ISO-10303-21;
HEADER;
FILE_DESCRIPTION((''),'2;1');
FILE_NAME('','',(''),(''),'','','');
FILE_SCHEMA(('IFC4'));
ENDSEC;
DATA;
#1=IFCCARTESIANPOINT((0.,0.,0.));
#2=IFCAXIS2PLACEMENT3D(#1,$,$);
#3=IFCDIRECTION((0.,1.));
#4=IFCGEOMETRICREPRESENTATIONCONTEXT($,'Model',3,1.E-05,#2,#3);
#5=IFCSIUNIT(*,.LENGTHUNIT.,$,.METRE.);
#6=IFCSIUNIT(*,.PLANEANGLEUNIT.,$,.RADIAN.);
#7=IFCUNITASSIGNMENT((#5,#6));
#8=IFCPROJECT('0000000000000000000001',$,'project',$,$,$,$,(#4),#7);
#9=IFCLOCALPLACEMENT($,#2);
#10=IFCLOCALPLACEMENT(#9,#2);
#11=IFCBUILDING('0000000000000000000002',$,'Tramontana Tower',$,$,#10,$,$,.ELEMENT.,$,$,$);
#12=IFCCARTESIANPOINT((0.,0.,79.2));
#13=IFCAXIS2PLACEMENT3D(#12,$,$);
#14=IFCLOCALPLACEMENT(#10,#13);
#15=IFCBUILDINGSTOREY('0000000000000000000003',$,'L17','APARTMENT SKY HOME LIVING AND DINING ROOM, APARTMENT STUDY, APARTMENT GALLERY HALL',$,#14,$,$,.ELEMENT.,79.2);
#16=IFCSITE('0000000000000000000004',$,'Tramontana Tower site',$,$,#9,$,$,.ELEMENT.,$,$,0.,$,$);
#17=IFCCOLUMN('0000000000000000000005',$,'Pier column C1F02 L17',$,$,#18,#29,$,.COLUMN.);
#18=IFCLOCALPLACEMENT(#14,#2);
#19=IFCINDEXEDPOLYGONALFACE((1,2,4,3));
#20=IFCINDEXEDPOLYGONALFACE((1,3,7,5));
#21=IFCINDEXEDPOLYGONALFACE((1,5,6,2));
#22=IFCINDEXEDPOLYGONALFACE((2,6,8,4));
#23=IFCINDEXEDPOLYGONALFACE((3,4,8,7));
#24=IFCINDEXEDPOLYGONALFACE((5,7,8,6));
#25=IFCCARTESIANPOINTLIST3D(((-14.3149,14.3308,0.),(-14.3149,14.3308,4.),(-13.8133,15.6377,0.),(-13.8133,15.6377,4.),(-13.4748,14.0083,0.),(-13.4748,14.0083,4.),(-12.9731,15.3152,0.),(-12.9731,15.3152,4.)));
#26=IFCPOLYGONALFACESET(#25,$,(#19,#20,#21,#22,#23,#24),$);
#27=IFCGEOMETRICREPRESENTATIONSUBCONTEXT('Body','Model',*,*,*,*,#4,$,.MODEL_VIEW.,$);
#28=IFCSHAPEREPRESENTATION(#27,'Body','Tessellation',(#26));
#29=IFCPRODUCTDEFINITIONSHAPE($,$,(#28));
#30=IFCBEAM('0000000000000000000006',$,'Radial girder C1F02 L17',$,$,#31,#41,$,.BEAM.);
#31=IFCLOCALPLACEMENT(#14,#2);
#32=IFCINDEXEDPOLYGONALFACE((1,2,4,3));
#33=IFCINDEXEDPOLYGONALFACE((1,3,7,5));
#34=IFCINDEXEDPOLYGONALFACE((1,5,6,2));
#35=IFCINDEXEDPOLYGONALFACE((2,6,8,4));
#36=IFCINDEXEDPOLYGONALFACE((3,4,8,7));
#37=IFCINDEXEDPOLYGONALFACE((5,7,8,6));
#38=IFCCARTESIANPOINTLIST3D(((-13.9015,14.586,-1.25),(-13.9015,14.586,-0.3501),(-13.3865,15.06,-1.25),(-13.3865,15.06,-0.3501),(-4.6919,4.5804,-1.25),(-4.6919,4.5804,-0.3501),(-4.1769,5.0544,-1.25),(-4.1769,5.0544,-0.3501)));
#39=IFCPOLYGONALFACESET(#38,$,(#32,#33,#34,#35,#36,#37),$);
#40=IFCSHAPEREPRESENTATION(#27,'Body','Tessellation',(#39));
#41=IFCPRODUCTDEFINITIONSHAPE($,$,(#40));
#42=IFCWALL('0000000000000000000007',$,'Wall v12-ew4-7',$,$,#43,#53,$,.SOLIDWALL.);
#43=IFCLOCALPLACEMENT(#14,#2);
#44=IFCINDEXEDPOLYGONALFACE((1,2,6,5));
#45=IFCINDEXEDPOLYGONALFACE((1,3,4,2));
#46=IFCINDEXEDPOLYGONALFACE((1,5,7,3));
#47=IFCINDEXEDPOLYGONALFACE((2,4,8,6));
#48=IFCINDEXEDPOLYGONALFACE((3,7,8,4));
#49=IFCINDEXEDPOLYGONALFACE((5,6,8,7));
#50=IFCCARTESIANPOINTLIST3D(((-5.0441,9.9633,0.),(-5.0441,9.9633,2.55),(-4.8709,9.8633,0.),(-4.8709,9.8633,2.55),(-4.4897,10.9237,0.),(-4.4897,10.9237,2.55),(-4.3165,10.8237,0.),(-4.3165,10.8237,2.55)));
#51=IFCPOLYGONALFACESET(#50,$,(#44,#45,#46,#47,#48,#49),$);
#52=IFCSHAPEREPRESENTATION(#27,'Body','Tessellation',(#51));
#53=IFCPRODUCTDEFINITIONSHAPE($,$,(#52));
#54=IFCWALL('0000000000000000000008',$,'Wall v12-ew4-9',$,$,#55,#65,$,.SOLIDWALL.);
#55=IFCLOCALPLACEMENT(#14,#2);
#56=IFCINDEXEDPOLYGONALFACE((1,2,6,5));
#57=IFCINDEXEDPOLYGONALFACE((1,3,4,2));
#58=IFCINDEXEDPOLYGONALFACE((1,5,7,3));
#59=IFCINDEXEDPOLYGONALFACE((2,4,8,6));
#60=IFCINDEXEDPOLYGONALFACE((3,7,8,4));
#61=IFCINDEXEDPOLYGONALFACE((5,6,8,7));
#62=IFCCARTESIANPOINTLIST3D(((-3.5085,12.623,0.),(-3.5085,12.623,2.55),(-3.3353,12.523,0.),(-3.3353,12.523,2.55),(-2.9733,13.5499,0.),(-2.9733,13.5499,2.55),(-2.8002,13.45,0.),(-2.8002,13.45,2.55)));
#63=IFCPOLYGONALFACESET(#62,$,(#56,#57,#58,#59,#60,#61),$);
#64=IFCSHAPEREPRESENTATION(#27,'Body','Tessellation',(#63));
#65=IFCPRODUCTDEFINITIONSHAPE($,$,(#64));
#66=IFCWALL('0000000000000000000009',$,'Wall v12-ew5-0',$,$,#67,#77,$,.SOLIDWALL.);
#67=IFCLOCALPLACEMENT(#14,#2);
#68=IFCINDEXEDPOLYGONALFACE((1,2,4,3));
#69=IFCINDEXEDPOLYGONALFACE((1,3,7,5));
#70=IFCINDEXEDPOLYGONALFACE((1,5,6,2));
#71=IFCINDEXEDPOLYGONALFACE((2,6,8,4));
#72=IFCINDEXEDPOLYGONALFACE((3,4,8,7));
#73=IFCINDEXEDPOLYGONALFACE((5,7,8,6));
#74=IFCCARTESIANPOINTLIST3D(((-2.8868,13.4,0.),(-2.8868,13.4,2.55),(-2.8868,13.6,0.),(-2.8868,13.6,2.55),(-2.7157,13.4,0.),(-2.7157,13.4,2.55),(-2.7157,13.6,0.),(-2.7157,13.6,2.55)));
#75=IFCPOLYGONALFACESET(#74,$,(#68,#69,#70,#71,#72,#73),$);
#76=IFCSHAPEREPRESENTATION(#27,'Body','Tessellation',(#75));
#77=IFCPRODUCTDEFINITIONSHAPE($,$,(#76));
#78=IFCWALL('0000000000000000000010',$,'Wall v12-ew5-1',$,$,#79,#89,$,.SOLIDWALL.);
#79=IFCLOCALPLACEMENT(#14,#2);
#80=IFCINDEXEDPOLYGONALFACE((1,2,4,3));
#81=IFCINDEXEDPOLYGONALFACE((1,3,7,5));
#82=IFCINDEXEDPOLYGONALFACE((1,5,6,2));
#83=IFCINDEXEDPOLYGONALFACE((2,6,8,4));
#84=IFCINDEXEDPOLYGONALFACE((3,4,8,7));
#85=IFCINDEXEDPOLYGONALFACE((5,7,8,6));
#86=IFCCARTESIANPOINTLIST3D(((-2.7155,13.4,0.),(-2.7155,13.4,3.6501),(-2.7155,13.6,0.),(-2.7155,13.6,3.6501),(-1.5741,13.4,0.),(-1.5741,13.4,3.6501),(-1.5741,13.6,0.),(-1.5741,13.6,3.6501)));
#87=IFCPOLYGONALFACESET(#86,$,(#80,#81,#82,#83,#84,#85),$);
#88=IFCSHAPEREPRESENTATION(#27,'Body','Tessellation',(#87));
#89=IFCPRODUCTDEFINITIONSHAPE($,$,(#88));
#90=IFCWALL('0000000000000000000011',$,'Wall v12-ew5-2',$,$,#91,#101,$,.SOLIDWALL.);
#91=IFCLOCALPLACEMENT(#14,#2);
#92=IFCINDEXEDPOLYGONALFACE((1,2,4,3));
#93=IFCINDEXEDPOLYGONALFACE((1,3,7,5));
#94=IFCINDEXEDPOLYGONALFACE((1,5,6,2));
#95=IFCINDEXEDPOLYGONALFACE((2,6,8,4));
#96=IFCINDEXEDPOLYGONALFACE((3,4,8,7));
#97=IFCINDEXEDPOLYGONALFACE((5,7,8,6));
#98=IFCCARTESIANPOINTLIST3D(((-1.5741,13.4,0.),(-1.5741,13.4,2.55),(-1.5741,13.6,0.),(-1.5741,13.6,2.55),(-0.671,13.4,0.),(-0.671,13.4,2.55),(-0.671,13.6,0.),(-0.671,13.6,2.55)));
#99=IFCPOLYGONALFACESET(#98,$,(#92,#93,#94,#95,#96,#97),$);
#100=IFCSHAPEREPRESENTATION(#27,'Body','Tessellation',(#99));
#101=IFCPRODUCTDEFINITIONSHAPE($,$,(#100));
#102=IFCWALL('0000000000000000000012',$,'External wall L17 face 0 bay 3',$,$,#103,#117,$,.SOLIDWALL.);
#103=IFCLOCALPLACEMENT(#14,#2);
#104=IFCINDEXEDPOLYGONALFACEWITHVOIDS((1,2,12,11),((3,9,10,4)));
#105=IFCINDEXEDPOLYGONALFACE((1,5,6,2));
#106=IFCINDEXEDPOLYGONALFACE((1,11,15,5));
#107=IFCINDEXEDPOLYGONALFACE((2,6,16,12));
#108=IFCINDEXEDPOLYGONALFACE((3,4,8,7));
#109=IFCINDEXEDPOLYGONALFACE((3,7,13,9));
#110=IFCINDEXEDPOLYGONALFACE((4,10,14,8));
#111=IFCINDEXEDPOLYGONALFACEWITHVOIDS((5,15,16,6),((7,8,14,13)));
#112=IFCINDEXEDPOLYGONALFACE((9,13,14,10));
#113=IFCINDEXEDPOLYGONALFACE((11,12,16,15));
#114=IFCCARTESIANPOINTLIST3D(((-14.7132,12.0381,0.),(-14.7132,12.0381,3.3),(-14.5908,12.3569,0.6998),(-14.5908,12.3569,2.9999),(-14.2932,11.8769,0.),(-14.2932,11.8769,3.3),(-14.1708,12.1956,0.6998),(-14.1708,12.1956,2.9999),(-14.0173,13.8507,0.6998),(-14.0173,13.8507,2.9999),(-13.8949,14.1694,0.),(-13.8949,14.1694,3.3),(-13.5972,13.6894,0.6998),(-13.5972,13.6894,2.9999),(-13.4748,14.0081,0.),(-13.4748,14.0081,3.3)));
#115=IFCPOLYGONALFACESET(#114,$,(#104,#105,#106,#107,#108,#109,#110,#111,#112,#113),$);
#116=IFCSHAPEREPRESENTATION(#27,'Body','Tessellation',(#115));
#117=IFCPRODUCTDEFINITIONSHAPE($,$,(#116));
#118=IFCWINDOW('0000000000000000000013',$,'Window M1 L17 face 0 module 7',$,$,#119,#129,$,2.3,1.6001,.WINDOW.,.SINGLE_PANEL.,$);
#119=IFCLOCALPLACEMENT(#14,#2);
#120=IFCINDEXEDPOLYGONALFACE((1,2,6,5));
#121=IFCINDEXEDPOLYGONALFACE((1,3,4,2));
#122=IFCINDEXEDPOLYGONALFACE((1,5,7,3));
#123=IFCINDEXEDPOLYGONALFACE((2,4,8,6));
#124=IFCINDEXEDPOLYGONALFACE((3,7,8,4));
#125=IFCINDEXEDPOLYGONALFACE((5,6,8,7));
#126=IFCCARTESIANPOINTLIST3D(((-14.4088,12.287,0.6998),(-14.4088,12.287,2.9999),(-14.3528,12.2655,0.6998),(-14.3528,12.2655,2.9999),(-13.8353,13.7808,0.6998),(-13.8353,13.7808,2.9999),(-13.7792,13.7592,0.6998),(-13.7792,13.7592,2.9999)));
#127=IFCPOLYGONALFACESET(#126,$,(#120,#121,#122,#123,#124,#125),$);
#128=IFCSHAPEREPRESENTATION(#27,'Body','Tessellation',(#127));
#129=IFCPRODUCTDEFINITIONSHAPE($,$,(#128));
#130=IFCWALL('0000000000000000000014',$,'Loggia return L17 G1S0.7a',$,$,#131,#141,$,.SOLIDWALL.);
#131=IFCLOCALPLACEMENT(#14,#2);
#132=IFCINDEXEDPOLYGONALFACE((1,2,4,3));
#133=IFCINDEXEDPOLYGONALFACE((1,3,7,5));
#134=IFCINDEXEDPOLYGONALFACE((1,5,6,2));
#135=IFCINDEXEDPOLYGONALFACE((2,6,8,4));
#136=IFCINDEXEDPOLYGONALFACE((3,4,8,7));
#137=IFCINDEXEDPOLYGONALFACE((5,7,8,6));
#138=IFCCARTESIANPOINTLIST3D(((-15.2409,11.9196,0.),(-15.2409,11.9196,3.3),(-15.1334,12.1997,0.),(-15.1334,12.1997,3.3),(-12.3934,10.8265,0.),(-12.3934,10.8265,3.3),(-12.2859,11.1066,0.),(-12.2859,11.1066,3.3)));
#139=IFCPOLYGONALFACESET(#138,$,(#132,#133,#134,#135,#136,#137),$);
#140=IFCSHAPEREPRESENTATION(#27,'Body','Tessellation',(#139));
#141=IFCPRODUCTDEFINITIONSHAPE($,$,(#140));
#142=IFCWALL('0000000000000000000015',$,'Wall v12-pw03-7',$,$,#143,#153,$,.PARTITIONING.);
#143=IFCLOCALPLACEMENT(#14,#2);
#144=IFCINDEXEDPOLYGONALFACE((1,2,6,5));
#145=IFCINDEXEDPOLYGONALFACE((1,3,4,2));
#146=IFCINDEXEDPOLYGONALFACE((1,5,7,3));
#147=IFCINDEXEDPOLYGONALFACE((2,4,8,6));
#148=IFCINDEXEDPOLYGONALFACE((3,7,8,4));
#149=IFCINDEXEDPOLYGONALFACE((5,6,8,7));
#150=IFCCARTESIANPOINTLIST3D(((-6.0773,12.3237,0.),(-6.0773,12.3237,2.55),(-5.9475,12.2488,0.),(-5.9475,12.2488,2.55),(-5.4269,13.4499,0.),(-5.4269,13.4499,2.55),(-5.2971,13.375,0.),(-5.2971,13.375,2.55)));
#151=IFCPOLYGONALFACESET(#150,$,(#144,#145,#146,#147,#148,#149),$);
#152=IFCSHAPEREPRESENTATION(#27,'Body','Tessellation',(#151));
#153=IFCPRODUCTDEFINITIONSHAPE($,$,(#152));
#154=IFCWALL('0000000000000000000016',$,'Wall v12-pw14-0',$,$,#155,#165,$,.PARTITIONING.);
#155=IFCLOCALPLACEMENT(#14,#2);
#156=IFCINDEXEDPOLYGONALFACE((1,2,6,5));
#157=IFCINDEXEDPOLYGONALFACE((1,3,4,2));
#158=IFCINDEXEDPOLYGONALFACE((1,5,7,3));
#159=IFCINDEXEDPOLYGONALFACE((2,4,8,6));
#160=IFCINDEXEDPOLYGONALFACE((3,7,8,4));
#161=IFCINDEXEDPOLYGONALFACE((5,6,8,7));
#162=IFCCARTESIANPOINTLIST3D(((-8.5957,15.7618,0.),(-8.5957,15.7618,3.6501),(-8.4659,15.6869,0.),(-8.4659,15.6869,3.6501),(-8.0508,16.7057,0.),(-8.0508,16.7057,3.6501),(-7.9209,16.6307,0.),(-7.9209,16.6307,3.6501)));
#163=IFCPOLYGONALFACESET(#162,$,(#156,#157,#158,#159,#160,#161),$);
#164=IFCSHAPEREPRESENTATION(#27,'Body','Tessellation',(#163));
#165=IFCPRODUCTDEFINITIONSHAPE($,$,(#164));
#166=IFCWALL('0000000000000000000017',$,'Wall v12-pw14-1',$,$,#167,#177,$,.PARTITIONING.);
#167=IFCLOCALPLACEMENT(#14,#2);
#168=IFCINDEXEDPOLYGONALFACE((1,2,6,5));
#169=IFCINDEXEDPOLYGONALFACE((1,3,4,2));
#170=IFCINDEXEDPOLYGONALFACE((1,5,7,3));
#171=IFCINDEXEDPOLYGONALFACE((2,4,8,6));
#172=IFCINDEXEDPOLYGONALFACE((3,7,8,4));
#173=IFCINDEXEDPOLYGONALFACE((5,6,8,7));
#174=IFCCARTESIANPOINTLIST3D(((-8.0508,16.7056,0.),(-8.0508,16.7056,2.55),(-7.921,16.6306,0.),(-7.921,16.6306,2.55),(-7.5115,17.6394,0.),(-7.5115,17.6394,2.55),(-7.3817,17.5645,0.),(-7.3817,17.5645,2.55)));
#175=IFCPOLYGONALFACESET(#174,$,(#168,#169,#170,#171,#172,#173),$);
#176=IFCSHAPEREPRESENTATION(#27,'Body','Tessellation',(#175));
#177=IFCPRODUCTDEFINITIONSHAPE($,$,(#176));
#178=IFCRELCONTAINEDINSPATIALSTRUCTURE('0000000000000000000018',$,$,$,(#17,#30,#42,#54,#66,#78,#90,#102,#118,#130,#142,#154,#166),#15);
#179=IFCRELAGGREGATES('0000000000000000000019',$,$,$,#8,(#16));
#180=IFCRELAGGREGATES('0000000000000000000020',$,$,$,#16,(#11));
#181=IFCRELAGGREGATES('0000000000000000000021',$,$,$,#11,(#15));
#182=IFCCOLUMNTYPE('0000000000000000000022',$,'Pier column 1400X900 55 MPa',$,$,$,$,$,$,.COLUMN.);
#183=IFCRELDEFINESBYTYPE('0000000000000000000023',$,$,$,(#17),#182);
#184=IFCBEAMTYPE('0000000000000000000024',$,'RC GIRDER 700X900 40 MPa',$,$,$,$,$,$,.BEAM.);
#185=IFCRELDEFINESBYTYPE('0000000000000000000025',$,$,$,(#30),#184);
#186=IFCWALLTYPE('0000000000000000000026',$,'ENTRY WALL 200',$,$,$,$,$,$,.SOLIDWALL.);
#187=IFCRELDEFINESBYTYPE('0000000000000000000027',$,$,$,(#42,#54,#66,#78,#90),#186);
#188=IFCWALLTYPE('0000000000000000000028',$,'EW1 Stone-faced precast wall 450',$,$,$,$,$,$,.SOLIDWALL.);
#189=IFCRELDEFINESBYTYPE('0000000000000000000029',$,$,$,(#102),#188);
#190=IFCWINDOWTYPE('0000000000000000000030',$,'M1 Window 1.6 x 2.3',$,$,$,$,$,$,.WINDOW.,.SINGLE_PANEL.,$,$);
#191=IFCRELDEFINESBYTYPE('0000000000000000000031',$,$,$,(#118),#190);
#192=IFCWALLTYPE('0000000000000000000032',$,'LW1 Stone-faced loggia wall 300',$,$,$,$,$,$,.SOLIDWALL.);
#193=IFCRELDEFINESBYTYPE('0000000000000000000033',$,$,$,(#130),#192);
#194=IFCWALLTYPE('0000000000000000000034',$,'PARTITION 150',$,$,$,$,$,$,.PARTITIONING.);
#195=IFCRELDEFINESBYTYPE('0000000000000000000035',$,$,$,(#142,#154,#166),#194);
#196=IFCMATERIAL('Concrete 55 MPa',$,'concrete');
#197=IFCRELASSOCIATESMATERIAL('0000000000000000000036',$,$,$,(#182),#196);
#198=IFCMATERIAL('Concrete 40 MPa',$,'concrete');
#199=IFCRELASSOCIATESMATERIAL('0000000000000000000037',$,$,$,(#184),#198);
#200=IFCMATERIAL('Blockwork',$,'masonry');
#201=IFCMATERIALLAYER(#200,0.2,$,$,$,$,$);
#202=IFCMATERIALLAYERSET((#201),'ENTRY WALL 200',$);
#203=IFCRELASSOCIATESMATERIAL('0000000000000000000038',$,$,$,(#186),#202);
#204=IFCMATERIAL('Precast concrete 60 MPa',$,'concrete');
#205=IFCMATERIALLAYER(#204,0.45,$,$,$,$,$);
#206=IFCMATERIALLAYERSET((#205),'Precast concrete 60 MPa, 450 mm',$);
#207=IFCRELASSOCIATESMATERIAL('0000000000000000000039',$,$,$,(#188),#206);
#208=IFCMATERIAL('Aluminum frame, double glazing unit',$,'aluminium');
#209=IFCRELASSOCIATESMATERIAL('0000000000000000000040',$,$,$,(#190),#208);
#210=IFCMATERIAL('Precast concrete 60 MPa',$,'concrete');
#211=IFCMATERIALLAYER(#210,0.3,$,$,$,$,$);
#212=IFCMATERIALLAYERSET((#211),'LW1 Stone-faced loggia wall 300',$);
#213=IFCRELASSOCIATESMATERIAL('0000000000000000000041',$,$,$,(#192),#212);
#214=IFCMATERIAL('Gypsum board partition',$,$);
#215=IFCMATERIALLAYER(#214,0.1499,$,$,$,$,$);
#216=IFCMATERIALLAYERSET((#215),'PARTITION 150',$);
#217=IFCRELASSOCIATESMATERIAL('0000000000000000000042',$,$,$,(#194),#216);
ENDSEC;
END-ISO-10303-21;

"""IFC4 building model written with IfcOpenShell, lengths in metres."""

from ifc_helpers import new_model, si_unit, direction, frame, frame_2d, origin, origin_2d, place, context, subcontext, project, spatial, rectangle, extrude, material, layer, layer_set, material_profile, profile_set, type_object, element, fill, save


model = new_model("IFC4")

# Units and contexts
model_context = context("Model", 3, precision=1e-05, world=origin(), true_north=direction((0.0, 1.0)))
body_context = subcontext(model_context, "Body", "Model", "MODEL_VIEW")
ifc_project = project(units=[si_unit("LENGTHUNIT", "METRE"), si_unit("PLANEANGLEUNIT", "RADIAN")], contexts=[model_context])

# Site, building, storey
site_placement = place(None, origin())
site = spatial("IfcSite", under=ifc_project, at=site_placement, Name="Tramontana Tower site", CompositionType="ELEMENT", RefElevation=0.0)
building_placement = place(site_placement, origin())
building = spatial("IfcBuilding", under=site, at=building_placement, Name="Tramontana Tower", CompositionType="ELEMENT")
storey_placement = place(building_placement, frame((0.0, 0.0, 79.2)))
storey = spatial("IfcBuildingStorey", under=building, at=storey_placement, Name="L17", Description="APARTMENT SKY HOME LIVING AND DINING ROOM, APARTMENT STUDY, APARTMENT GALLERY HALL", CompositionType="ELEMENT", Elevation=79.2)

# Column
ifc_material_1 = material(Name="Concrete 55 MPa", Category="concrete")
ifc_material_profile_1 = material_profile(ifc_material_1, rectangle(XDim=1.3999, YDim=0.8999, at=origin_2d()), Name="Pier column 1400X900 55 MPa")
ifc_profile_set_1 = profile_set([ifc_material_profile_1], Name="Concrete 55 MPa")
column_type = type_object("IfcColumnType", Name="Pier column 1400X900 55 MPa", PredefinedType="COLUMN", material=ifc_profile_set_1)
column_placement = place(storey_placement, frame((-13.644, 14.823, 0.0), z_axis=(0.0, 0.0, 1.0), x_axis=(-0.358368, -0.93358, 0.0)))
element("IfcColumn", 1, at=column_placement, inside=storey, type_object=column_type, Name="Pier column C1F02 L17", PredefinedType="COLUMN", context=body_context, shape_type="SweptSolid", body=[
    extrude(rectangle(XDim=1.3999, YDim=0.8999, at=origin_2d()), origin(), (0.0, 0.0, 1.0), 4.0),
])

# Beam
ifc_material_2 = material(Name="Concrete 40 MPa", Category="concrete")
ifc_material_profile_2 = material_profile(ifc_material_2, rectangle(XDim=0.7, YDim=0.8999, at=origin_2d()), Name="RC GIRDER 700X900 40 MPa")
ifc_profile_set_2 = profile_set([ifc_material_profile_2], Name="Concrete 40 MPa")
beam_type = type_object("IfcBeamType", Name="RC GIRDER 700X900 40 MPa", PredefinedType="BEAM", material=ifc_profile_set_2)
beam_placement = place(storey_placement, frame((-13.644, 14.823, -0.8), z_axis=(0.677238, -0.735764, 0.0), x_axis=(0.735764, 0.677238, 0.0)))
element("IfcBeam", 2, at=beam_placement, inside=storey, type_object=beam_type, Name="Radial girder C1F02 L17", PredefinedType="BEAM", context=body_context, shape_type="SweptSolid", body=[
    extrude(rectangle(XDim=0.7, YDim=0.8999, at=origin_2d()), origin(), (0.0, 0.0, 1.0), 13.5989),
])

# Wall
ifc_material_3 = material(Name="Blockwork", Category="masonry")
ifc_layer_1 = layer(ifc_material_3, 0.2)
ifc_layer_set_1 = layer_set([ifc_layer_1], Name="ENTRY WALL 200")
wall_type_1 = type_object("IfcWallType", Name="ENTRY WALL 200", PredefinedType="SOLIDWALL", material=ifc_layer_set_1)
wall_1_placement = place(storey_placement, frame((-4.9575, 9.9133, 0.0), z_axis=(0.0, 0.0, 1.0), x_axis=(0.499951, 0.866054, 0.0)))
element("IfcWall", 3, at=wall_1_placement, inside=storey, type_object=wall_type_1, Name="Wall v12-ew4-7", PredefinedType="SOLIDWALL", context=body_context, shape_type="SweptSolid", body=[
    extrude(rectangle(XDim=1.1089, YDim=0.2, at=frame_2d((0.5544, 0.0))), origin(), (0.0, 0.0, 1.0), 2.55),
])

# Walls
wall_2_placement = place(storey_placement, frame((-3.4219, 12.573, 0.0), z_axis=(0.0, 0.0, 1.0), x_axis=(0.499966, 0.866045, 0.0)))
element("IfcWall", 4, at=wall_2_placement, inside=storey, type_object=wall_type_1, Name="Wall v12-ew4-9", PredefinedType="SOLIDWALL", context=body_context, shape_type="SweptSolid", body=[
    extrude(rectangle(XDim=1.0703, YDim=0.2, at=frame_2d((0.5352, 0.0))), origin(), (0.0, 0.0, 1.0), 2.55),
])
wall_3_placement = place(storey_placement, frame((-2.8867, 13.5, 0.0), z_axis=(0.0, 0.0, 1.0), x_axis=(1.0, 0.0, 0.0)))
element("IfcWall", 5, at=wall_3_placement, inside=storey, type_object=wall_type_1, Name="Wall v12-ew5-0", PredefinedType="SOLIDWALL", context=body_context, shape_type="SweptSolid", body=[
    extrude(rectangle(XDim=0.1711, YDim=0.2, at=frame_2d((0.0854, 0.0))), origin(), (0.0, 0.0, 1.0), 2.55),
])
wall_4_placement = place(storey_placement, frame((-2.7156, 13.5, 0.0), z_axis=(0.0, 0.0, 1.0), x_axis=(1.0, 0.0, 0.0)))
element("IfcWall", 6, at=wall_4_placement, inside=storey, type_object=wall_type_1, Name="Wall v12-ew5-1", PredefinedType="SOLIDWALL", context=body_context, shape_type="SweptSolid", body=[
    extrude(rectangle(XDim=1.1414, YDim=0.2, at=frame_2d((0.5708, 0.0))), origin(), (0.0, 0.0, 1.0), 3.6501),
])
wall_5_placement = place(storey_placement, frame((-1.5742, 13.5, 0.0), z_axis=(0.0, 0.0, 1.0), x_axis=(1.0, 0.0, 0.0)))
element("IfcWall", 7, at=wall_5_placement, inside=storey, type_object=wall_type_1, Name="Wall v12-ew5-2", PredefinedType="SOLIDWALL", context=body_context, shape_type="SweptSolid", body=[
    extrude(rectangle(XDim=0.9031, YDim=0.2, at=frame_2d((0.4517, 0.0))), origin(), (0.0, 0.0, 1.0), 2.55),
])

# Wall, opening, window
ifc_material_4 = material(Name="Precast concrete 60 MPa", Category="concrete")
ifc_layer_2 = layer(ifc_material_4, 0.45)
ifc_layer_set_2 = layer_set([ifc_layer_2], Name="Precast concrete 60 MPa, 450 mm")
wall_type_2 = type_object("IfcWallType", Name="EW1 Stone-faced precast wall 450", PredefinedType="SOLIDWALL", material=ifc_layer_set_2)
wall_6_placement = place(storey_placement, frame((-13.6848, 14.0889, 0.0), z_axis=(0.0, 0.0, 1.0), x_axis=(-0.358449, -0.933549, 0.0)))
wall_6 = element("IfcWall", 8, at=wall_6_placement, inside=storey, type_object=wall_type_2, Name="External wall L17 face 0 bay 3", PredefinedType="SOLIDWALL", context=body_context, shape_type="SweptSolid", body=[
    extrude(rectangle(XDim=2.283, YDim=0.45, at=frame_2d((1.1416, 0.0))), origin(), (0.0, 0.0, 1.0), 3.3),
])
opening_1_placement = place(wall_6_placement, frame((0.3416, 0.0, 0.7)))
opening_1 = element("IfcOpeningElement", 9, at=opening_1_placement, cuts=wall_6, PredefinedType="OPENING", context=body_context, shape_type="SweptSolid", body=[
    extrude(rectangle(XDim=1.6001, YDim=2.3, at=frame_2d((0.8, 1.1499))), frame((0.0, 0.2349, 0.0), z_axis=(0.0, -1.0, 0.0), x_axis=(1.0, 0.0, 0.0)), (0.0, 0.0, 1.0), 0.47),
])
ifc_material_5 = material(Name="Aluminum frame, double glazing unit", Category="aluminium")
window_type = type_object("IfcWindowType", Name="M1 Window 1.6 x 2.3", PartitioningType="SINGLE_PANEL", PredefinedType="WINDOW", material=ifc_material_5)
window_placement = place(opening_1_placement, origin())
window = element("IfcWindow", 10, at=window_placement, inside=storey, type_object=window_type, Name="Window M1 L17 face 0 module 7", OverallHeight=2.3, OverallWidth=1.6001, PartitioningType="SINGLE_PANEL", PredefinedType="WINDOW", context=body_context, shape_type="SweptSolid", body=[
    extrude(rectangle(XDim=1.6001, YDim=2.3, at=frame_2d((0.8, 1.1499))), frame((0.0, 0.03, 0.0), z_axis=(0.0, -1.0, 0.0), x_axis=(1.0, 0.0, 0.0)), (0.0, 0.0, 1.0), 0.0601),
])
fill(opening_1, window)

# Shared definitions
ifc_material_6 = material(Name="Precast concrete 60 MPa", Category="concrete")
ifc_layer_3 = layer(ifc_material_6, 0.3)
ifc_layer_set_3 = layer_set([ifc_layer_3], Name="LW1 Stone-faced loggia wall 300")
wall_type_3 = type_object("IfcWallType", Name="LW1 Stone-faced loggia wall 300", PredefinedType="SOLIDWALL", material=ifc_layer_set_3)

# Walls
wall_7_placement = place(storey_placement, frame((-15.187, 12.0596, 0.0), z_axis=(0.0, 0.0, 1.0), x_axis=(0.933581, -0.358368, 0.0)))
element("IfcWall", 11, at=wall_7_placement, inside=storey, type_object=wall_type_3, Name="Loggia return L17 G1S0.7a", PredefinedType="SOLIDWALL", context=body_context, shape_type="SweptSolid", body=[
    extrude(rectangle(XDim=3.05, YDim=0.3, at=frame_2d((1.5249, 0.0))), origin(), (0.0, 0.0, 1.0), 3.3),
])
ifc_material_7 = material(Name="Gypsum board partition")
ifc_layer_4 = layer(ifc_material_7, 0.1499)
ifc_layer_set_4 = layer_set([ifc_layer_4], Name="PARTITION 150")
wall_type_4 = type_object("IfcWallType", Name="PARTITION 150", PredefinedType="PARTITIONING", material=ifc_layer_set_4)
wall_8_placement = place(storey_placement, frame((-6.0125, 12.2861, 0.0), z_axis=(0.0, 0.0, 1.0), x_axis=(0.500096, 0.86597, 0.0)))
element("IfcWall", 12, at=wall_8_placement, inside=storey, type_object=wall_type_4, Name="Wall v12-pw03-7", PredefinedType="PARTITIONING", context=body_context, shape_type="SweptSolid", body=[
    extrude(rectangle(XDim=1.3005, YDim=0.1499, at=frame_2d((0.6504, 0.0))), origin(), (0.0, 0.0, 1.0), 2.55),
])
wall_9_placement = place(storey_placement, frame((-8.5308, 15.7244, 0.0), z_axis=(0.0, 0.0, 1.0), x_axis=(0.499994, 0.866029, 0.0)))
element("IfcWall", 13, at=wall_9_placement, inside=storey, type_object=wall_type_4, Name="Wall v12-pw14-0", PredefinedType="PARTITIONING", context=body_context, shape_type="SweptSolid", body=[
    extrude(rectangle(XDim=1.0898, YDim=0.1499, at=frame_2d((0.5449, 0.0))), origin(), (0.0, 0.0, 1.0), 3.6501),
])
wall_10_placement = place(storey_placement, frame((-7.9858, 16.6682, 0.0), z_axis=(0.0, 0.0, 1.0), x_axis=(0.500108, 0.865963, 0.0)))
element("IfcWall", 14, at=wall_10_placement, inside=storey, type_object=wall_type_4, Name="Wall v12-pw14-1", PredefinedType="PARTITIONING", context=body_context, shape_type="SweptSolid", body=[
    extrude(rectangle(XDim=1.0784, YDim=0.1499, at=frame_2d((0.5391, 0.0))), origin(), (0.0, 0.0, 1.0), 2.55),
])

save(model, "model.ifc")
